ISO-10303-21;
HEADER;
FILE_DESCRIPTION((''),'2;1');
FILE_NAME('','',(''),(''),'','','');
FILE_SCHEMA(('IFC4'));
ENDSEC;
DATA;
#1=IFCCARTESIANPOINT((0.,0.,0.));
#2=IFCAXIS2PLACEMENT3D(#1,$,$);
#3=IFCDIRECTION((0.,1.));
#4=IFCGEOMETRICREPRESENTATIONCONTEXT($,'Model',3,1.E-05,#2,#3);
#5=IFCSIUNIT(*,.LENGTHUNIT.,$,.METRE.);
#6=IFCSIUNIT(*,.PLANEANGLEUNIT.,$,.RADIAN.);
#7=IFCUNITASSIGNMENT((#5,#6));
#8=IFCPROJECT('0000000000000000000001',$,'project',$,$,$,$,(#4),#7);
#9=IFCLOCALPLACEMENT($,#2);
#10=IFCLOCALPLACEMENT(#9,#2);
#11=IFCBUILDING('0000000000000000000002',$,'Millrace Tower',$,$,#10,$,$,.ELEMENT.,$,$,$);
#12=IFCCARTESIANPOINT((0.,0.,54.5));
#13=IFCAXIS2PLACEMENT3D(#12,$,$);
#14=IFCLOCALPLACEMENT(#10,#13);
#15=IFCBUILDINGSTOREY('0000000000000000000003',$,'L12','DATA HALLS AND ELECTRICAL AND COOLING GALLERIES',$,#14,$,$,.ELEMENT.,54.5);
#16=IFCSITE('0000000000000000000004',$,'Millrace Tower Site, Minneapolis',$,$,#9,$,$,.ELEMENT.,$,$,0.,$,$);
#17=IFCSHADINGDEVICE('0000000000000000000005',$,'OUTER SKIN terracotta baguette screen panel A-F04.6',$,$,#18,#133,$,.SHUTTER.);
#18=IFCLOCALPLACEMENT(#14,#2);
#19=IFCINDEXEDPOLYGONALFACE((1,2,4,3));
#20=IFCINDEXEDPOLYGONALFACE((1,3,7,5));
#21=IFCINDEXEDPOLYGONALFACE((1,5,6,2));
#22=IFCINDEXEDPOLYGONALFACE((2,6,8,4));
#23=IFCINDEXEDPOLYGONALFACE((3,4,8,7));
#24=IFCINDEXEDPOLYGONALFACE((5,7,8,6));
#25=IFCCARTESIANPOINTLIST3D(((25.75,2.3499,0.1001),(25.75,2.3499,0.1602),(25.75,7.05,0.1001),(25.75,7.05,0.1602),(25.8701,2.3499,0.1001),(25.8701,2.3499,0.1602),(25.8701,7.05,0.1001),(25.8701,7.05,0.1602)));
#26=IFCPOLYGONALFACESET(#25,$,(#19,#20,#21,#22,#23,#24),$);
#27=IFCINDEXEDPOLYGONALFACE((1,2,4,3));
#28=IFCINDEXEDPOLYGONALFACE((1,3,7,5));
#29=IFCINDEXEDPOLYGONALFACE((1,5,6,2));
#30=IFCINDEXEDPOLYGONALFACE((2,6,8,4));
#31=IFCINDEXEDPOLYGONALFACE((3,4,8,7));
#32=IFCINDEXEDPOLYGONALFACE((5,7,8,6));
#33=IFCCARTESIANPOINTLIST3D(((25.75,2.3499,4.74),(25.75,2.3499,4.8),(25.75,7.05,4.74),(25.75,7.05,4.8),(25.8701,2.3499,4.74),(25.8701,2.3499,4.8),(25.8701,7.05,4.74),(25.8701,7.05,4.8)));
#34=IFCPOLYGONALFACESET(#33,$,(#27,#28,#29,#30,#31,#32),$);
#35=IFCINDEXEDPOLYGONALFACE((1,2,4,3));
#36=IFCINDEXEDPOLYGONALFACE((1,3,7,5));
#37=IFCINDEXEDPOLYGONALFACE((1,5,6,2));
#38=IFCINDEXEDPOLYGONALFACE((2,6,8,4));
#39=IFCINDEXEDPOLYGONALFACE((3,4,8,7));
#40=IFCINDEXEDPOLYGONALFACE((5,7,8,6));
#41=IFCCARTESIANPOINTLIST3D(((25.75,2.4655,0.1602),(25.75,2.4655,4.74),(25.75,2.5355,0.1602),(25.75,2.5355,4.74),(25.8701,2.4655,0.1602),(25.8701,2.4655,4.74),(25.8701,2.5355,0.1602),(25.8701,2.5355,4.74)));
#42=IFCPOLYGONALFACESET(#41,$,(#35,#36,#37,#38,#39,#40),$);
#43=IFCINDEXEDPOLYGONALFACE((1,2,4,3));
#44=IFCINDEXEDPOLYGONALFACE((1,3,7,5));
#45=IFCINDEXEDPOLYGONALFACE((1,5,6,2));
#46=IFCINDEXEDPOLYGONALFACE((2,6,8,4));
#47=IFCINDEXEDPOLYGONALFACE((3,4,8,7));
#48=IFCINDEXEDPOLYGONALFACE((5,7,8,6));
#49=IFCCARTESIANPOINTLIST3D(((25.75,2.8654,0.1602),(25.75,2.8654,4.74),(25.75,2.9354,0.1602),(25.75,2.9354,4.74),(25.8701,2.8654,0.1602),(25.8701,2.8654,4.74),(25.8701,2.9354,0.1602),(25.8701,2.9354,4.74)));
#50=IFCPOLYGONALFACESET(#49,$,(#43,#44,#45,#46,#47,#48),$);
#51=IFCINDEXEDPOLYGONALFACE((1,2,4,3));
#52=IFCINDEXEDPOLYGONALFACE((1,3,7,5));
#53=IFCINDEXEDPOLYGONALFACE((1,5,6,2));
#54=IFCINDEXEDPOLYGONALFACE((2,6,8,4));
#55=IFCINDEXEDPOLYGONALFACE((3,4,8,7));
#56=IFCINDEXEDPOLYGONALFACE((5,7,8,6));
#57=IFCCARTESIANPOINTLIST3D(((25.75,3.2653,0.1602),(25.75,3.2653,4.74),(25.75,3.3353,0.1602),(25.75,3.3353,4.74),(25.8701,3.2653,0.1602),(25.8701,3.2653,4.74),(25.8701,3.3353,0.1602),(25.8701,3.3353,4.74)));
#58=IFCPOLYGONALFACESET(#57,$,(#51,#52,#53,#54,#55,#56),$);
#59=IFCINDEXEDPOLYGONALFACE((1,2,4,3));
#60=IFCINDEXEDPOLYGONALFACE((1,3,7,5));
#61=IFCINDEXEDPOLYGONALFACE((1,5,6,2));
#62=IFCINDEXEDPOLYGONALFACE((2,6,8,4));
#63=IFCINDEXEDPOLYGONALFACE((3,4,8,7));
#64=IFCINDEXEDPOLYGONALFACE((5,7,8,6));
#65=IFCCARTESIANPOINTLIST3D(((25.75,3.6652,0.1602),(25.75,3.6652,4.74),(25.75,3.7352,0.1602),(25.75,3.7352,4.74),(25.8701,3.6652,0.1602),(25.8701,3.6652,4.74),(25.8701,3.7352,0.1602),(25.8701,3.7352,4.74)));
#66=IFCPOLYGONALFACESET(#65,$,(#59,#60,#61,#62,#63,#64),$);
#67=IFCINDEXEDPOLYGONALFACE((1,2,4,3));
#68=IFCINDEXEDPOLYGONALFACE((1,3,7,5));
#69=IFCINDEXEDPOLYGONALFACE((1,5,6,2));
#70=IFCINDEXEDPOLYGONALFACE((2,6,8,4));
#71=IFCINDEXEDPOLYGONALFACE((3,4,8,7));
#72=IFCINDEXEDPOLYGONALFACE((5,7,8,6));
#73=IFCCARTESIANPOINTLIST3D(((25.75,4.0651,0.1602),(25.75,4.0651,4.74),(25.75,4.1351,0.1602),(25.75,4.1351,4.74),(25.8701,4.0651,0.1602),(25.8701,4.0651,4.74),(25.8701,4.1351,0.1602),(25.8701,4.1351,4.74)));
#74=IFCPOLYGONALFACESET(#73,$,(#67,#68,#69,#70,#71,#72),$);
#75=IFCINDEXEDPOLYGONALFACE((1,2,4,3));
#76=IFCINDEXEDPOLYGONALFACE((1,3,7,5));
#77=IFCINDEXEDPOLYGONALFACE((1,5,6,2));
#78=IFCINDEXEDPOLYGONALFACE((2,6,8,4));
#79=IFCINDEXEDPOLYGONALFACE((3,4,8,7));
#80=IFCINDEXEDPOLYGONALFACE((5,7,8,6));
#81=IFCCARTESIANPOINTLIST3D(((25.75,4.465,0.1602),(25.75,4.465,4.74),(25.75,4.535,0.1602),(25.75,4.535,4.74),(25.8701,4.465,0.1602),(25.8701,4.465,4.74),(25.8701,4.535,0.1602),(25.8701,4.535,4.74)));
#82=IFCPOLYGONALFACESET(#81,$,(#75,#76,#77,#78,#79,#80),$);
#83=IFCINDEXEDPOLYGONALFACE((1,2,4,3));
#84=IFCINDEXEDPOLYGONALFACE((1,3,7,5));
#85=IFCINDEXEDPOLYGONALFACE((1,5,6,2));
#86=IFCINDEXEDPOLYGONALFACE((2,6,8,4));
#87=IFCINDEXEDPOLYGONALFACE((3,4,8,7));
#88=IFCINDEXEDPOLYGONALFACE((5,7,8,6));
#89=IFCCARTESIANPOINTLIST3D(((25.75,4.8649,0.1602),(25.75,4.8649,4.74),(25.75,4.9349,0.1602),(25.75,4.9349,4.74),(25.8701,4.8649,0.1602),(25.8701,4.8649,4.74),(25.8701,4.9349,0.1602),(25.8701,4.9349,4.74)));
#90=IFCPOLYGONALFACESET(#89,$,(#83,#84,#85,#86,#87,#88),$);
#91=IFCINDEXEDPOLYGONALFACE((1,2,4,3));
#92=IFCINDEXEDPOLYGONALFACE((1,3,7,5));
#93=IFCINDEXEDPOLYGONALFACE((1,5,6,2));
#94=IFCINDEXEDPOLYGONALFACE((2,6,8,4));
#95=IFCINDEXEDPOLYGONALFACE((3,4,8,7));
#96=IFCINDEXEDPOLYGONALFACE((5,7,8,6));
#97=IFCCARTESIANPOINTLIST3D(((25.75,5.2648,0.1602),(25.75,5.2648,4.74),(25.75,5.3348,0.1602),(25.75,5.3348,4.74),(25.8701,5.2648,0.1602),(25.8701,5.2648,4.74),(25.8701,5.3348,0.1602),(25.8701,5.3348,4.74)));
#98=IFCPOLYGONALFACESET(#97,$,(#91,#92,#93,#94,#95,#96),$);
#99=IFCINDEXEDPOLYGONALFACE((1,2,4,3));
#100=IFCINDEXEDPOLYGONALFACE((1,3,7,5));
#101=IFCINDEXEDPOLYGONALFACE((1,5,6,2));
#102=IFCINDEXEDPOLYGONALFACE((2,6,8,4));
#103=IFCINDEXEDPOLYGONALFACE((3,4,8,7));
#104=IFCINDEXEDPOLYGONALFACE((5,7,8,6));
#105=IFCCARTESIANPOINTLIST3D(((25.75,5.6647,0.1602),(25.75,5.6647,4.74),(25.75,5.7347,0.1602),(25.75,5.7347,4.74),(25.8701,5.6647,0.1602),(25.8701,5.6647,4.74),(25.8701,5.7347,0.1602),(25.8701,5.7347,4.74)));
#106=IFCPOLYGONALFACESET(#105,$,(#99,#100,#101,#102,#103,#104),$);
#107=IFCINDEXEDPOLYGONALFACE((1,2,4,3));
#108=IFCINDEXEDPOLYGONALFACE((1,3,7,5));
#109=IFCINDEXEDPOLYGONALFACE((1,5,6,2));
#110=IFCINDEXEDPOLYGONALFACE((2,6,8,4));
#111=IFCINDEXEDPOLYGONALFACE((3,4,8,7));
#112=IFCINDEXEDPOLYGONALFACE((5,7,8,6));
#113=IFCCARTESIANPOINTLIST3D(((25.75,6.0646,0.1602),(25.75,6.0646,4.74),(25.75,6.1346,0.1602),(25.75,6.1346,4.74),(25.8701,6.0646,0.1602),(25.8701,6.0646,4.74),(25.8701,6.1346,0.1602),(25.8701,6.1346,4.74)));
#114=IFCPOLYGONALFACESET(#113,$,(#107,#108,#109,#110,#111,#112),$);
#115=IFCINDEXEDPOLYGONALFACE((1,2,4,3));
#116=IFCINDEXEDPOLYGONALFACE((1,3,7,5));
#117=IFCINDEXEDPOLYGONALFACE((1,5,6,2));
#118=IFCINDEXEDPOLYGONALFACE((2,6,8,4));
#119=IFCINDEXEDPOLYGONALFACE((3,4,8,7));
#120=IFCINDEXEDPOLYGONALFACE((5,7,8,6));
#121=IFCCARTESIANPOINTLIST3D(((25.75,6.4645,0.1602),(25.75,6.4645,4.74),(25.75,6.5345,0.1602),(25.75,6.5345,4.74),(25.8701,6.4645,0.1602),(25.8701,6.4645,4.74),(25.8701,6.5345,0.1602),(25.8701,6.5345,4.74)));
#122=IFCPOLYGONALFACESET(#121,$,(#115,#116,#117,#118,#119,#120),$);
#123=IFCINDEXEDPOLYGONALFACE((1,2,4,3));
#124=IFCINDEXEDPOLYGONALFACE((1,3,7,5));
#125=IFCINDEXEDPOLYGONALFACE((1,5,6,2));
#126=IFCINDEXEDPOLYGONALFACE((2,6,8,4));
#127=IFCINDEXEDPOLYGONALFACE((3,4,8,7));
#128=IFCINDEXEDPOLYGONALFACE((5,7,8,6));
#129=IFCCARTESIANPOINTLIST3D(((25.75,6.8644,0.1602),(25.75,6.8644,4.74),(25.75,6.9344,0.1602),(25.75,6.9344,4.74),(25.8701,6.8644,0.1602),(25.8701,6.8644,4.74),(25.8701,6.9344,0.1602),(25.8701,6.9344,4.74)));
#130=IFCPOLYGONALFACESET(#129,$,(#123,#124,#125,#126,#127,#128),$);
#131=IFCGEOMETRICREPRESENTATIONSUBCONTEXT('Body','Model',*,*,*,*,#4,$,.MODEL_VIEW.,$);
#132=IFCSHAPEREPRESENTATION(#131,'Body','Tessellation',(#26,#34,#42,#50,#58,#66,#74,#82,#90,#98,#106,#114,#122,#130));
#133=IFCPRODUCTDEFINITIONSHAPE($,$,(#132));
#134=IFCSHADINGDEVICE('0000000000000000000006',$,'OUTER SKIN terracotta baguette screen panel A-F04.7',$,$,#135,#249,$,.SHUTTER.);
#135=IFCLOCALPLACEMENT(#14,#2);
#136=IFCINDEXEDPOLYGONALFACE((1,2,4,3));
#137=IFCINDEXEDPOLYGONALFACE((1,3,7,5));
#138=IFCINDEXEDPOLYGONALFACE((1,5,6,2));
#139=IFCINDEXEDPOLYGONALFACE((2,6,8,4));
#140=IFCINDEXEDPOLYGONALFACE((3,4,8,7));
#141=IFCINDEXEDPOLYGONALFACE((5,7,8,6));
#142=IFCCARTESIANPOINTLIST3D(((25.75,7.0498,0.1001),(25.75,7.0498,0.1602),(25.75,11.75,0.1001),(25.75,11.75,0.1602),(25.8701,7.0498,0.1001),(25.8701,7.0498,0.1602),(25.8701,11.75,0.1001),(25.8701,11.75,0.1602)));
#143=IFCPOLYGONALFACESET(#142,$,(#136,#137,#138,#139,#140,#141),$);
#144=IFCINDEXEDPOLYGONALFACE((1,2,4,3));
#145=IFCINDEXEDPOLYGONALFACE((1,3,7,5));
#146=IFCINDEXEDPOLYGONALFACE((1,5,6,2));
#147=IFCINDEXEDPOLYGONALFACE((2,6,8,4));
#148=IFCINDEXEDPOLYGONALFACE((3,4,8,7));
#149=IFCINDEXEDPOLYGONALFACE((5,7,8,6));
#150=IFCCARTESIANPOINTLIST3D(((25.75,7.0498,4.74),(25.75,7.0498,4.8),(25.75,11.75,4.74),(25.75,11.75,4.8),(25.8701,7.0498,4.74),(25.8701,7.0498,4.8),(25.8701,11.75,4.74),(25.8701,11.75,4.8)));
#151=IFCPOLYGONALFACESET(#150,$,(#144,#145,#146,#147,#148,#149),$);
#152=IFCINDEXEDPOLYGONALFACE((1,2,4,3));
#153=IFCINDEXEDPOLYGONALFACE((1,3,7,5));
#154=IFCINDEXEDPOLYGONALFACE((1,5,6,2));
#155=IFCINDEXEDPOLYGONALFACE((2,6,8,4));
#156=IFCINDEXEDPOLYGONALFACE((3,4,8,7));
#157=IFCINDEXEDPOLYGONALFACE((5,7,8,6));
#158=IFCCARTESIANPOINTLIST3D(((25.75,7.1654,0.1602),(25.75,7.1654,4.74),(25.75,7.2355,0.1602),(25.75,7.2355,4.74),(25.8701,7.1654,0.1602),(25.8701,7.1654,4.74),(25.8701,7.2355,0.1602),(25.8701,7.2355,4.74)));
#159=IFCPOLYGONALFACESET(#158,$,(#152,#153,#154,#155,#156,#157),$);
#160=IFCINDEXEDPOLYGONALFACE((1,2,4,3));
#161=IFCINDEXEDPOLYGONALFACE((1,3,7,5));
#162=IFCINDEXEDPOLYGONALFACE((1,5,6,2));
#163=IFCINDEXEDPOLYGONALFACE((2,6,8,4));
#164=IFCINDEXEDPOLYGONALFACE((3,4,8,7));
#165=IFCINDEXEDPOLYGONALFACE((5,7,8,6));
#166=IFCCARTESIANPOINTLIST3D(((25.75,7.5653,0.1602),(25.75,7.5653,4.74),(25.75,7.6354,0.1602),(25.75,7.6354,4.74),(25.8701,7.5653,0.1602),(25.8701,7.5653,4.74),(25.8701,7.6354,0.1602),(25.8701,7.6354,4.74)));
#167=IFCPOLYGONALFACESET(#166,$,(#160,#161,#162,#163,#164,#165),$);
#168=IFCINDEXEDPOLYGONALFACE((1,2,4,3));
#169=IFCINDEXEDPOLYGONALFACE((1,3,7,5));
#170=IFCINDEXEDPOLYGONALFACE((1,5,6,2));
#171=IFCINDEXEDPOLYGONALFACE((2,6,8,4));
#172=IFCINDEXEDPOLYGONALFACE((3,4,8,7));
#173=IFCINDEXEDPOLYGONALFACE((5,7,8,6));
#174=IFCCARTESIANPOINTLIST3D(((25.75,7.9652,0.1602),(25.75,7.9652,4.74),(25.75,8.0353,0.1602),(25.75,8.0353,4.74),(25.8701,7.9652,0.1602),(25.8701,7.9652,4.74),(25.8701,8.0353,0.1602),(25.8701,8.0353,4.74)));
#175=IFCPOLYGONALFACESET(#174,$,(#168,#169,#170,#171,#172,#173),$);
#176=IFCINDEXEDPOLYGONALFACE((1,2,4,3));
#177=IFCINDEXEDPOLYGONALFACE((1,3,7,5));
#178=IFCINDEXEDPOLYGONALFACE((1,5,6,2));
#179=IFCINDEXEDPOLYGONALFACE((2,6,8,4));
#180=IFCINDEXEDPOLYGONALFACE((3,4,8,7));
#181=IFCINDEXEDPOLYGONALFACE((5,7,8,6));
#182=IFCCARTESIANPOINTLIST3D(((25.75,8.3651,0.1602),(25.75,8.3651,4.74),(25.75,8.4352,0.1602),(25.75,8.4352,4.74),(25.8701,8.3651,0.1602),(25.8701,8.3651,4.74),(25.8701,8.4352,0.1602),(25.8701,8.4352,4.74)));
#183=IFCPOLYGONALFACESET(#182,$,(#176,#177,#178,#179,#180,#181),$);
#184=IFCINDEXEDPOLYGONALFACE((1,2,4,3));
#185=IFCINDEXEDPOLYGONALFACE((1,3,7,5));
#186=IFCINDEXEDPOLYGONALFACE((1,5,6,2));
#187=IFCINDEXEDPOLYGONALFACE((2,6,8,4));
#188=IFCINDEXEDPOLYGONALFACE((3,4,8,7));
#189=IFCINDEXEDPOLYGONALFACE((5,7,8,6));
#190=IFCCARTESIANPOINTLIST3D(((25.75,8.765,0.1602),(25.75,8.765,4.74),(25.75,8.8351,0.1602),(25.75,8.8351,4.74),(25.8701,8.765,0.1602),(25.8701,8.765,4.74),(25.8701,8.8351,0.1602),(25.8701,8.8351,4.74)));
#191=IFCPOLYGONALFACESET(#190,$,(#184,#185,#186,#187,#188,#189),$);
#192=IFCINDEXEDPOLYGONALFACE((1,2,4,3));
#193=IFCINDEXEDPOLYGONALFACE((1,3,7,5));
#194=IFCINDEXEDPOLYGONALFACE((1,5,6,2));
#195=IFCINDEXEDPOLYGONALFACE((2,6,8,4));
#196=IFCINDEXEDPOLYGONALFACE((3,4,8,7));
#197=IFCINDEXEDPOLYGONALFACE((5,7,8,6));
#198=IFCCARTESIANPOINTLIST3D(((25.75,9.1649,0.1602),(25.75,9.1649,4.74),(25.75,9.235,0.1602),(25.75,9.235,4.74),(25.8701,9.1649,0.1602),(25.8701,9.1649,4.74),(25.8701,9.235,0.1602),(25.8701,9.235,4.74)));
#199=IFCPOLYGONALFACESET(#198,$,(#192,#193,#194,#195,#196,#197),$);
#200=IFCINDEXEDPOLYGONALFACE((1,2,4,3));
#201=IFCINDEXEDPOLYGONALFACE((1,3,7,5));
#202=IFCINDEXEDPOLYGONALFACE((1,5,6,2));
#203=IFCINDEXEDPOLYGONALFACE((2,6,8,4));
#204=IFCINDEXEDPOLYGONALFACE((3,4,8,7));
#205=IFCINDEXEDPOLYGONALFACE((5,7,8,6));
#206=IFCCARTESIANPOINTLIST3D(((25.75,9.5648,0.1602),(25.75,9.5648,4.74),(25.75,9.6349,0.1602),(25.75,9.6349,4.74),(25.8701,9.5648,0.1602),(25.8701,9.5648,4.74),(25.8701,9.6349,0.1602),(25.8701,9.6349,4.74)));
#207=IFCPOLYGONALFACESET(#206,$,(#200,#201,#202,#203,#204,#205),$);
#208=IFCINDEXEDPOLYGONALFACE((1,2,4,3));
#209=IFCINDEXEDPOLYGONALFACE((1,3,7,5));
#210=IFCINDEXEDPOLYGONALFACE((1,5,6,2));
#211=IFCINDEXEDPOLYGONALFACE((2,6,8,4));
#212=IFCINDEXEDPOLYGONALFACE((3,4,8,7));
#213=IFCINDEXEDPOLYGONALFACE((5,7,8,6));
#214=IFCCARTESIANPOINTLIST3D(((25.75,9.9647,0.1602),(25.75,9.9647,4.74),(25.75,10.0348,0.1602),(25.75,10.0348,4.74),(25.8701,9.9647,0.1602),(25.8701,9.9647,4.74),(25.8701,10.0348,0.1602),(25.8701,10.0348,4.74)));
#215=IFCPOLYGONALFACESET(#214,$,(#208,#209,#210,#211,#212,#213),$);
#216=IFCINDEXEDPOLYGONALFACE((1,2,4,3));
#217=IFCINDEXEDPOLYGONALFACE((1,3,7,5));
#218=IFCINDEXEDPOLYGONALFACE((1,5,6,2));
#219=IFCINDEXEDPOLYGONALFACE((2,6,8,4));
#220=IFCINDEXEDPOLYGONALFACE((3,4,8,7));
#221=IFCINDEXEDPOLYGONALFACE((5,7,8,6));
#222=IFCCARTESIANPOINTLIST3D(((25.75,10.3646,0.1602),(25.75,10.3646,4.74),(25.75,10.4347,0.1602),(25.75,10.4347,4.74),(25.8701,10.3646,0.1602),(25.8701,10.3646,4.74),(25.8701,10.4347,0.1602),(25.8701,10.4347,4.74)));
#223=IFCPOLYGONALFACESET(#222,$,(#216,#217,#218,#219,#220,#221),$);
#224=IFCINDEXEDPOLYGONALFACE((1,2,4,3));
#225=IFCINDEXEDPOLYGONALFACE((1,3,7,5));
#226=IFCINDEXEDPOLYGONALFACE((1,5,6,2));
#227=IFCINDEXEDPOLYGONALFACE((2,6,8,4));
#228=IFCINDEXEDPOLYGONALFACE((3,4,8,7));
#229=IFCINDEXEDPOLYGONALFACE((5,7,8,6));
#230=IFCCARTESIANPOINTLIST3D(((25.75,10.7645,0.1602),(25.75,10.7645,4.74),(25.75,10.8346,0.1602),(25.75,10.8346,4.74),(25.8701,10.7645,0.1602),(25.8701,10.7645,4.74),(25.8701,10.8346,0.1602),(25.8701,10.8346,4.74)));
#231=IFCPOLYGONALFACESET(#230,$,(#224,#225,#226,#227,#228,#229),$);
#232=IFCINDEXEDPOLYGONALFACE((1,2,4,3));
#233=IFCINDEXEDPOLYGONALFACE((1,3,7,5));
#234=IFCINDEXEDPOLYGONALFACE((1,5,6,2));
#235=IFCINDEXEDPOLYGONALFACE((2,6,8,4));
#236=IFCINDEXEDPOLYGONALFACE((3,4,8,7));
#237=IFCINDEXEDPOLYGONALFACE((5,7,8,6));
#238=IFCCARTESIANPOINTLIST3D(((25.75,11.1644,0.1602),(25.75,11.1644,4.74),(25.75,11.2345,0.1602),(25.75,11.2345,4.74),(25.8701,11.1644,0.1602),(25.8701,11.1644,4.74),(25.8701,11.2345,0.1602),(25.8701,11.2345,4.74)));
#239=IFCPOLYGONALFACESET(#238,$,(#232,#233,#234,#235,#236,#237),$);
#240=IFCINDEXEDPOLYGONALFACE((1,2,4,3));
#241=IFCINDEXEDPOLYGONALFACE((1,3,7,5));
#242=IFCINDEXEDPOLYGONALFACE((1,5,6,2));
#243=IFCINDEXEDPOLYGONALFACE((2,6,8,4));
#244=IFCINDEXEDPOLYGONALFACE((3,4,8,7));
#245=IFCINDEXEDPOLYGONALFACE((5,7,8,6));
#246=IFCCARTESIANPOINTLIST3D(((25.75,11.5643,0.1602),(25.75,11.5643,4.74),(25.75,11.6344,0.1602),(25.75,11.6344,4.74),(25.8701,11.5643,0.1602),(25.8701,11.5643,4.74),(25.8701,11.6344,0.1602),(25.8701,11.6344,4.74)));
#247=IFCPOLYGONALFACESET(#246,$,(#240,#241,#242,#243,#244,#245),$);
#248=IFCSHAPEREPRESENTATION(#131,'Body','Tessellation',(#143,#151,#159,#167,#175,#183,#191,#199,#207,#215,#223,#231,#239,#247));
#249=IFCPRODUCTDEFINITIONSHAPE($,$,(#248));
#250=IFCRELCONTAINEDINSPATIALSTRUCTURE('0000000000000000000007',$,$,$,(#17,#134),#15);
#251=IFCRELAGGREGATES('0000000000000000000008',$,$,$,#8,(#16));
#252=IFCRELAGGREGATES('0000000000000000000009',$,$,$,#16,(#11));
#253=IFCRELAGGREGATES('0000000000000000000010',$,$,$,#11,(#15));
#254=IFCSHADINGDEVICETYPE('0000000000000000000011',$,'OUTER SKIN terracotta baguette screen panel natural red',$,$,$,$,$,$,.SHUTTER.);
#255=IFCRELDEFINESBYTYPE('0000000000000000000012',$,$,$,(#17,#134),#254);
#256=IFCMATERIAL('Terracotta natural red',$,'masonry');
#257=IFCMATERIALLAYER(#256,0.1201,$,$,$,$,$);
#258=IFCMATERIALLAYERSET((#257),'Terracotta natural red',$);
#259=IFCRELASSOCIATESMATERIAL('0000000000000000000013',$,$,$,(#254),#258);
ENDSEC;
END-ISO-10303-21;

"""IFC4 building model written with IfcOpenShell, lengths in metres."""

from ifc_helpers import new_model, entity, si_unit, direction, frame, frame_2d, origin, place, context, subcontext, project, spatial, rectangle, extrude, source, transform, mapped, material, layer, layer_set, type_object, element, save


model = new_model("IFC4")

# Units and contexts
model_context = context("Model", 3, precision=1e-05, world=origin(), true_north=direction((0.0, 1.0)))
body_context = subcontext(model_context, "Body", "Model", "MODEL_VIEW")
ifc_project = project(units=[si_unit("LENGTHUNIT", "METRE"), si_unit("PLANEANGLEUNIT", "RADIAN")], contexts=[model_context])

# Site, building, storey
site_placement = place(None, origin())
site = spatial("IfcSite", under=ifc_project, at=site_placement, Name="Millrace Tower Site, Minneapolis", CompositionType="ELEMENT", RefElevation=0.0)
building_placement = place(site_placement, origin())
building = spatial("IfcBuilding", under=site, at=building_placement, Name="Millrace Tower", CompositionType="ELEMENT")
storey_placement = place(building_placement, frame((0.0, 0.0, 54.5)))
storey = spatial("IfcBuildingStorey", under=building, at=storey_placement, Name="L12", Description="DATA HALLS AND ELECTRICAL AND COOLING GALLERIES", CompositionType="ELEMENT", Elevation=54.5)

# Shading devices
cartesian_point = entity("IfcCartesianPoint", [-2.3501, 0.0601])
shared_polyline = entity("IfcPolyline", [cartesian_point, entity("IfcCartesianPoint", [2.3501, 0.0601]), entity("IfcCartesianPoint", [2.3501, -0.0601]), entity("IfcCartesianPoint", [-2.3501, -0.0601]), cartesian_point])
ifc_material_1 = material(Name="Terracotta natural red", Category="masonry")
ifc_layer_1 = layer(ifc_material_1, 0.1201)
ifc_layer_set_1 = layer_set([ifc_layer_1], Name="Terracotta natural red")
shading_device_type_1 = type_object("IfcShadingDeviceType", Name="OUTER SKIN terracotta baguette screen panel natural red", PredefinedType="SHUTTER", material=ifc_layer_set_1)
shared_shape_1 = source(origin(), body_context, "Body", "SweptSolid", [
    entity("IfcExtrudedAreaSolid", entity("IfcArbitraryClosedProfileDef", "AREA", None, shared_polyline), entity("IfcAxis2Placement3D", entity("IfcCartesianPoint", [0.0, 0.0, 0.0])), entity("IfcDirection", [0.0, 0.0, 1.0]), 0.0601),
    entity("IfcExtrudedAreaSolid", entity("IfcArbitraryClosedProfileDef", "AREA", None, shared_polyline), entity("IfcAxis2Placement3D", entity("IfcCartesianPoint", [0.0, 0.0, 4.6399])), entity("IfcDirection", [0.0, 0.0, 1.0]), 0.0601),
    extrude(rectangle(XDim=0.0701, YDim=0.1201, at=frame_2d((-2.1995, 0.0))), frame((0.0, 0.0, 0.0601)), (0.0, 0.0, 1.0), 4.5798),
    extrude(rectangle(XDim=0.0701, YDim=0.1201, at=frame_2d((-1.7996, 0.0))), frame((0.0, 0.0, 0.0601)), (0.0, 0.0, 1.0), 4.5798),
    extrude(rectangle(XDim=0.0701, YDim=0.1201, at=frame_2d((-1.3997, 0.0))), frame((0.0, 0.0, 0.0601)), (0.0, 0.0, 1.0), 4.5798),
    extrude(rectangle(XDim=0.0701, YDim=0.1201, at=frame_2d((-0.9998, 0.0))), frame((0.0, 0.0, 0.0601)), (0.0, 0.0, 1.0), 4.5798),
    extrude(rectangle(XDim=0.0701, YDim=0.1201, at=frame_2d((-0.5999, 0.0))), frame((0.0, 0.0, 0.0601)), (0.0, 0.0, 1.0), 4.5798),
    extrude(rectangle(XDim=0.0701, YDim=0.1201, at=frame_2d((-0.2, 0.0))), frame((0.0, 0.0, 0.0601)), (0.0, 0.0, 1.0), 4.5798),
    extrude(rectangle(XDim=0.0701, YDim=0.1201, at=frame_2d((0.2, 0.0))), frame((0.0, 0.0, 0.0601)), (0.0, 0.0, 1.0), 4.5798),
    extrude(rectangle(XDim=0.0701, YDim=0.1201, at=frame_2d((0.5999, 0.0))), frame((0.0, 0.0, 0.0601)), (0.0, 0.0, 1.0), 4.5798),
    extrude(rectangle(XDim=0.0701, YDim=0.1201, at=frame_2d((0.9998, 0.0))), frame((0.0, 0.0, 0.0601)), (0.0, 0.0, 1.0), 4.5798),
    extrude(rectangle(XDim=0.0701, YDim=0.1201, at=frame_2d((1.3997, 0.0))), frame((0.0, 0.0, 0.0601)), (0.0, 0.0, 1.0), 4.5798),
    extrude(rectangle(XDim=0.0701, YDim=0.1201, at=frame_2d((1.7996, 0.0))), frame((0.0, 0.0, 0.0601)), (0.0, 0.0, 1.0), 4.5798),
    extrude(rectangle(XDim=0.0701, YDim=0.1201, at=frame_2d((2.1995, 0.0))), frame((0.0, 0.0, 0.0601)), (0.0, 0.0, 1.0), 4.5798),
])
for number, where, z_axis, x_axis, name in (
    (1, (25.8101, 4.7, 0.1001), (0.0, 0.0, 1.0), (0.0, 1.0, 0.0), "OUTER SKIN terracotta baguette screen panel A-F04.6"),
    (2, (25.8101, 9.3999, 0.1001), (0.0, 0.0, 1.0), (0.0, 1.0, 0.0), "OUTER SKIN terracotta baguette screen panel A-F04.7"),
):
    element("IfcShadingDevice", number, at=place(storey_placement, frame(where, z_axis=z_axis, x_axis=x_axis)), inside=storey, type_object=shading_device_type_1, Name=name, PredefinedType="SHUTTER", context=body_context, shape_type="MappedRepresentation", body=[
        mapped(shared_shape_1, transform((0.0, 0.0, 0.0), scale=1.0)),
    ])

save(model, "model.ifc")
